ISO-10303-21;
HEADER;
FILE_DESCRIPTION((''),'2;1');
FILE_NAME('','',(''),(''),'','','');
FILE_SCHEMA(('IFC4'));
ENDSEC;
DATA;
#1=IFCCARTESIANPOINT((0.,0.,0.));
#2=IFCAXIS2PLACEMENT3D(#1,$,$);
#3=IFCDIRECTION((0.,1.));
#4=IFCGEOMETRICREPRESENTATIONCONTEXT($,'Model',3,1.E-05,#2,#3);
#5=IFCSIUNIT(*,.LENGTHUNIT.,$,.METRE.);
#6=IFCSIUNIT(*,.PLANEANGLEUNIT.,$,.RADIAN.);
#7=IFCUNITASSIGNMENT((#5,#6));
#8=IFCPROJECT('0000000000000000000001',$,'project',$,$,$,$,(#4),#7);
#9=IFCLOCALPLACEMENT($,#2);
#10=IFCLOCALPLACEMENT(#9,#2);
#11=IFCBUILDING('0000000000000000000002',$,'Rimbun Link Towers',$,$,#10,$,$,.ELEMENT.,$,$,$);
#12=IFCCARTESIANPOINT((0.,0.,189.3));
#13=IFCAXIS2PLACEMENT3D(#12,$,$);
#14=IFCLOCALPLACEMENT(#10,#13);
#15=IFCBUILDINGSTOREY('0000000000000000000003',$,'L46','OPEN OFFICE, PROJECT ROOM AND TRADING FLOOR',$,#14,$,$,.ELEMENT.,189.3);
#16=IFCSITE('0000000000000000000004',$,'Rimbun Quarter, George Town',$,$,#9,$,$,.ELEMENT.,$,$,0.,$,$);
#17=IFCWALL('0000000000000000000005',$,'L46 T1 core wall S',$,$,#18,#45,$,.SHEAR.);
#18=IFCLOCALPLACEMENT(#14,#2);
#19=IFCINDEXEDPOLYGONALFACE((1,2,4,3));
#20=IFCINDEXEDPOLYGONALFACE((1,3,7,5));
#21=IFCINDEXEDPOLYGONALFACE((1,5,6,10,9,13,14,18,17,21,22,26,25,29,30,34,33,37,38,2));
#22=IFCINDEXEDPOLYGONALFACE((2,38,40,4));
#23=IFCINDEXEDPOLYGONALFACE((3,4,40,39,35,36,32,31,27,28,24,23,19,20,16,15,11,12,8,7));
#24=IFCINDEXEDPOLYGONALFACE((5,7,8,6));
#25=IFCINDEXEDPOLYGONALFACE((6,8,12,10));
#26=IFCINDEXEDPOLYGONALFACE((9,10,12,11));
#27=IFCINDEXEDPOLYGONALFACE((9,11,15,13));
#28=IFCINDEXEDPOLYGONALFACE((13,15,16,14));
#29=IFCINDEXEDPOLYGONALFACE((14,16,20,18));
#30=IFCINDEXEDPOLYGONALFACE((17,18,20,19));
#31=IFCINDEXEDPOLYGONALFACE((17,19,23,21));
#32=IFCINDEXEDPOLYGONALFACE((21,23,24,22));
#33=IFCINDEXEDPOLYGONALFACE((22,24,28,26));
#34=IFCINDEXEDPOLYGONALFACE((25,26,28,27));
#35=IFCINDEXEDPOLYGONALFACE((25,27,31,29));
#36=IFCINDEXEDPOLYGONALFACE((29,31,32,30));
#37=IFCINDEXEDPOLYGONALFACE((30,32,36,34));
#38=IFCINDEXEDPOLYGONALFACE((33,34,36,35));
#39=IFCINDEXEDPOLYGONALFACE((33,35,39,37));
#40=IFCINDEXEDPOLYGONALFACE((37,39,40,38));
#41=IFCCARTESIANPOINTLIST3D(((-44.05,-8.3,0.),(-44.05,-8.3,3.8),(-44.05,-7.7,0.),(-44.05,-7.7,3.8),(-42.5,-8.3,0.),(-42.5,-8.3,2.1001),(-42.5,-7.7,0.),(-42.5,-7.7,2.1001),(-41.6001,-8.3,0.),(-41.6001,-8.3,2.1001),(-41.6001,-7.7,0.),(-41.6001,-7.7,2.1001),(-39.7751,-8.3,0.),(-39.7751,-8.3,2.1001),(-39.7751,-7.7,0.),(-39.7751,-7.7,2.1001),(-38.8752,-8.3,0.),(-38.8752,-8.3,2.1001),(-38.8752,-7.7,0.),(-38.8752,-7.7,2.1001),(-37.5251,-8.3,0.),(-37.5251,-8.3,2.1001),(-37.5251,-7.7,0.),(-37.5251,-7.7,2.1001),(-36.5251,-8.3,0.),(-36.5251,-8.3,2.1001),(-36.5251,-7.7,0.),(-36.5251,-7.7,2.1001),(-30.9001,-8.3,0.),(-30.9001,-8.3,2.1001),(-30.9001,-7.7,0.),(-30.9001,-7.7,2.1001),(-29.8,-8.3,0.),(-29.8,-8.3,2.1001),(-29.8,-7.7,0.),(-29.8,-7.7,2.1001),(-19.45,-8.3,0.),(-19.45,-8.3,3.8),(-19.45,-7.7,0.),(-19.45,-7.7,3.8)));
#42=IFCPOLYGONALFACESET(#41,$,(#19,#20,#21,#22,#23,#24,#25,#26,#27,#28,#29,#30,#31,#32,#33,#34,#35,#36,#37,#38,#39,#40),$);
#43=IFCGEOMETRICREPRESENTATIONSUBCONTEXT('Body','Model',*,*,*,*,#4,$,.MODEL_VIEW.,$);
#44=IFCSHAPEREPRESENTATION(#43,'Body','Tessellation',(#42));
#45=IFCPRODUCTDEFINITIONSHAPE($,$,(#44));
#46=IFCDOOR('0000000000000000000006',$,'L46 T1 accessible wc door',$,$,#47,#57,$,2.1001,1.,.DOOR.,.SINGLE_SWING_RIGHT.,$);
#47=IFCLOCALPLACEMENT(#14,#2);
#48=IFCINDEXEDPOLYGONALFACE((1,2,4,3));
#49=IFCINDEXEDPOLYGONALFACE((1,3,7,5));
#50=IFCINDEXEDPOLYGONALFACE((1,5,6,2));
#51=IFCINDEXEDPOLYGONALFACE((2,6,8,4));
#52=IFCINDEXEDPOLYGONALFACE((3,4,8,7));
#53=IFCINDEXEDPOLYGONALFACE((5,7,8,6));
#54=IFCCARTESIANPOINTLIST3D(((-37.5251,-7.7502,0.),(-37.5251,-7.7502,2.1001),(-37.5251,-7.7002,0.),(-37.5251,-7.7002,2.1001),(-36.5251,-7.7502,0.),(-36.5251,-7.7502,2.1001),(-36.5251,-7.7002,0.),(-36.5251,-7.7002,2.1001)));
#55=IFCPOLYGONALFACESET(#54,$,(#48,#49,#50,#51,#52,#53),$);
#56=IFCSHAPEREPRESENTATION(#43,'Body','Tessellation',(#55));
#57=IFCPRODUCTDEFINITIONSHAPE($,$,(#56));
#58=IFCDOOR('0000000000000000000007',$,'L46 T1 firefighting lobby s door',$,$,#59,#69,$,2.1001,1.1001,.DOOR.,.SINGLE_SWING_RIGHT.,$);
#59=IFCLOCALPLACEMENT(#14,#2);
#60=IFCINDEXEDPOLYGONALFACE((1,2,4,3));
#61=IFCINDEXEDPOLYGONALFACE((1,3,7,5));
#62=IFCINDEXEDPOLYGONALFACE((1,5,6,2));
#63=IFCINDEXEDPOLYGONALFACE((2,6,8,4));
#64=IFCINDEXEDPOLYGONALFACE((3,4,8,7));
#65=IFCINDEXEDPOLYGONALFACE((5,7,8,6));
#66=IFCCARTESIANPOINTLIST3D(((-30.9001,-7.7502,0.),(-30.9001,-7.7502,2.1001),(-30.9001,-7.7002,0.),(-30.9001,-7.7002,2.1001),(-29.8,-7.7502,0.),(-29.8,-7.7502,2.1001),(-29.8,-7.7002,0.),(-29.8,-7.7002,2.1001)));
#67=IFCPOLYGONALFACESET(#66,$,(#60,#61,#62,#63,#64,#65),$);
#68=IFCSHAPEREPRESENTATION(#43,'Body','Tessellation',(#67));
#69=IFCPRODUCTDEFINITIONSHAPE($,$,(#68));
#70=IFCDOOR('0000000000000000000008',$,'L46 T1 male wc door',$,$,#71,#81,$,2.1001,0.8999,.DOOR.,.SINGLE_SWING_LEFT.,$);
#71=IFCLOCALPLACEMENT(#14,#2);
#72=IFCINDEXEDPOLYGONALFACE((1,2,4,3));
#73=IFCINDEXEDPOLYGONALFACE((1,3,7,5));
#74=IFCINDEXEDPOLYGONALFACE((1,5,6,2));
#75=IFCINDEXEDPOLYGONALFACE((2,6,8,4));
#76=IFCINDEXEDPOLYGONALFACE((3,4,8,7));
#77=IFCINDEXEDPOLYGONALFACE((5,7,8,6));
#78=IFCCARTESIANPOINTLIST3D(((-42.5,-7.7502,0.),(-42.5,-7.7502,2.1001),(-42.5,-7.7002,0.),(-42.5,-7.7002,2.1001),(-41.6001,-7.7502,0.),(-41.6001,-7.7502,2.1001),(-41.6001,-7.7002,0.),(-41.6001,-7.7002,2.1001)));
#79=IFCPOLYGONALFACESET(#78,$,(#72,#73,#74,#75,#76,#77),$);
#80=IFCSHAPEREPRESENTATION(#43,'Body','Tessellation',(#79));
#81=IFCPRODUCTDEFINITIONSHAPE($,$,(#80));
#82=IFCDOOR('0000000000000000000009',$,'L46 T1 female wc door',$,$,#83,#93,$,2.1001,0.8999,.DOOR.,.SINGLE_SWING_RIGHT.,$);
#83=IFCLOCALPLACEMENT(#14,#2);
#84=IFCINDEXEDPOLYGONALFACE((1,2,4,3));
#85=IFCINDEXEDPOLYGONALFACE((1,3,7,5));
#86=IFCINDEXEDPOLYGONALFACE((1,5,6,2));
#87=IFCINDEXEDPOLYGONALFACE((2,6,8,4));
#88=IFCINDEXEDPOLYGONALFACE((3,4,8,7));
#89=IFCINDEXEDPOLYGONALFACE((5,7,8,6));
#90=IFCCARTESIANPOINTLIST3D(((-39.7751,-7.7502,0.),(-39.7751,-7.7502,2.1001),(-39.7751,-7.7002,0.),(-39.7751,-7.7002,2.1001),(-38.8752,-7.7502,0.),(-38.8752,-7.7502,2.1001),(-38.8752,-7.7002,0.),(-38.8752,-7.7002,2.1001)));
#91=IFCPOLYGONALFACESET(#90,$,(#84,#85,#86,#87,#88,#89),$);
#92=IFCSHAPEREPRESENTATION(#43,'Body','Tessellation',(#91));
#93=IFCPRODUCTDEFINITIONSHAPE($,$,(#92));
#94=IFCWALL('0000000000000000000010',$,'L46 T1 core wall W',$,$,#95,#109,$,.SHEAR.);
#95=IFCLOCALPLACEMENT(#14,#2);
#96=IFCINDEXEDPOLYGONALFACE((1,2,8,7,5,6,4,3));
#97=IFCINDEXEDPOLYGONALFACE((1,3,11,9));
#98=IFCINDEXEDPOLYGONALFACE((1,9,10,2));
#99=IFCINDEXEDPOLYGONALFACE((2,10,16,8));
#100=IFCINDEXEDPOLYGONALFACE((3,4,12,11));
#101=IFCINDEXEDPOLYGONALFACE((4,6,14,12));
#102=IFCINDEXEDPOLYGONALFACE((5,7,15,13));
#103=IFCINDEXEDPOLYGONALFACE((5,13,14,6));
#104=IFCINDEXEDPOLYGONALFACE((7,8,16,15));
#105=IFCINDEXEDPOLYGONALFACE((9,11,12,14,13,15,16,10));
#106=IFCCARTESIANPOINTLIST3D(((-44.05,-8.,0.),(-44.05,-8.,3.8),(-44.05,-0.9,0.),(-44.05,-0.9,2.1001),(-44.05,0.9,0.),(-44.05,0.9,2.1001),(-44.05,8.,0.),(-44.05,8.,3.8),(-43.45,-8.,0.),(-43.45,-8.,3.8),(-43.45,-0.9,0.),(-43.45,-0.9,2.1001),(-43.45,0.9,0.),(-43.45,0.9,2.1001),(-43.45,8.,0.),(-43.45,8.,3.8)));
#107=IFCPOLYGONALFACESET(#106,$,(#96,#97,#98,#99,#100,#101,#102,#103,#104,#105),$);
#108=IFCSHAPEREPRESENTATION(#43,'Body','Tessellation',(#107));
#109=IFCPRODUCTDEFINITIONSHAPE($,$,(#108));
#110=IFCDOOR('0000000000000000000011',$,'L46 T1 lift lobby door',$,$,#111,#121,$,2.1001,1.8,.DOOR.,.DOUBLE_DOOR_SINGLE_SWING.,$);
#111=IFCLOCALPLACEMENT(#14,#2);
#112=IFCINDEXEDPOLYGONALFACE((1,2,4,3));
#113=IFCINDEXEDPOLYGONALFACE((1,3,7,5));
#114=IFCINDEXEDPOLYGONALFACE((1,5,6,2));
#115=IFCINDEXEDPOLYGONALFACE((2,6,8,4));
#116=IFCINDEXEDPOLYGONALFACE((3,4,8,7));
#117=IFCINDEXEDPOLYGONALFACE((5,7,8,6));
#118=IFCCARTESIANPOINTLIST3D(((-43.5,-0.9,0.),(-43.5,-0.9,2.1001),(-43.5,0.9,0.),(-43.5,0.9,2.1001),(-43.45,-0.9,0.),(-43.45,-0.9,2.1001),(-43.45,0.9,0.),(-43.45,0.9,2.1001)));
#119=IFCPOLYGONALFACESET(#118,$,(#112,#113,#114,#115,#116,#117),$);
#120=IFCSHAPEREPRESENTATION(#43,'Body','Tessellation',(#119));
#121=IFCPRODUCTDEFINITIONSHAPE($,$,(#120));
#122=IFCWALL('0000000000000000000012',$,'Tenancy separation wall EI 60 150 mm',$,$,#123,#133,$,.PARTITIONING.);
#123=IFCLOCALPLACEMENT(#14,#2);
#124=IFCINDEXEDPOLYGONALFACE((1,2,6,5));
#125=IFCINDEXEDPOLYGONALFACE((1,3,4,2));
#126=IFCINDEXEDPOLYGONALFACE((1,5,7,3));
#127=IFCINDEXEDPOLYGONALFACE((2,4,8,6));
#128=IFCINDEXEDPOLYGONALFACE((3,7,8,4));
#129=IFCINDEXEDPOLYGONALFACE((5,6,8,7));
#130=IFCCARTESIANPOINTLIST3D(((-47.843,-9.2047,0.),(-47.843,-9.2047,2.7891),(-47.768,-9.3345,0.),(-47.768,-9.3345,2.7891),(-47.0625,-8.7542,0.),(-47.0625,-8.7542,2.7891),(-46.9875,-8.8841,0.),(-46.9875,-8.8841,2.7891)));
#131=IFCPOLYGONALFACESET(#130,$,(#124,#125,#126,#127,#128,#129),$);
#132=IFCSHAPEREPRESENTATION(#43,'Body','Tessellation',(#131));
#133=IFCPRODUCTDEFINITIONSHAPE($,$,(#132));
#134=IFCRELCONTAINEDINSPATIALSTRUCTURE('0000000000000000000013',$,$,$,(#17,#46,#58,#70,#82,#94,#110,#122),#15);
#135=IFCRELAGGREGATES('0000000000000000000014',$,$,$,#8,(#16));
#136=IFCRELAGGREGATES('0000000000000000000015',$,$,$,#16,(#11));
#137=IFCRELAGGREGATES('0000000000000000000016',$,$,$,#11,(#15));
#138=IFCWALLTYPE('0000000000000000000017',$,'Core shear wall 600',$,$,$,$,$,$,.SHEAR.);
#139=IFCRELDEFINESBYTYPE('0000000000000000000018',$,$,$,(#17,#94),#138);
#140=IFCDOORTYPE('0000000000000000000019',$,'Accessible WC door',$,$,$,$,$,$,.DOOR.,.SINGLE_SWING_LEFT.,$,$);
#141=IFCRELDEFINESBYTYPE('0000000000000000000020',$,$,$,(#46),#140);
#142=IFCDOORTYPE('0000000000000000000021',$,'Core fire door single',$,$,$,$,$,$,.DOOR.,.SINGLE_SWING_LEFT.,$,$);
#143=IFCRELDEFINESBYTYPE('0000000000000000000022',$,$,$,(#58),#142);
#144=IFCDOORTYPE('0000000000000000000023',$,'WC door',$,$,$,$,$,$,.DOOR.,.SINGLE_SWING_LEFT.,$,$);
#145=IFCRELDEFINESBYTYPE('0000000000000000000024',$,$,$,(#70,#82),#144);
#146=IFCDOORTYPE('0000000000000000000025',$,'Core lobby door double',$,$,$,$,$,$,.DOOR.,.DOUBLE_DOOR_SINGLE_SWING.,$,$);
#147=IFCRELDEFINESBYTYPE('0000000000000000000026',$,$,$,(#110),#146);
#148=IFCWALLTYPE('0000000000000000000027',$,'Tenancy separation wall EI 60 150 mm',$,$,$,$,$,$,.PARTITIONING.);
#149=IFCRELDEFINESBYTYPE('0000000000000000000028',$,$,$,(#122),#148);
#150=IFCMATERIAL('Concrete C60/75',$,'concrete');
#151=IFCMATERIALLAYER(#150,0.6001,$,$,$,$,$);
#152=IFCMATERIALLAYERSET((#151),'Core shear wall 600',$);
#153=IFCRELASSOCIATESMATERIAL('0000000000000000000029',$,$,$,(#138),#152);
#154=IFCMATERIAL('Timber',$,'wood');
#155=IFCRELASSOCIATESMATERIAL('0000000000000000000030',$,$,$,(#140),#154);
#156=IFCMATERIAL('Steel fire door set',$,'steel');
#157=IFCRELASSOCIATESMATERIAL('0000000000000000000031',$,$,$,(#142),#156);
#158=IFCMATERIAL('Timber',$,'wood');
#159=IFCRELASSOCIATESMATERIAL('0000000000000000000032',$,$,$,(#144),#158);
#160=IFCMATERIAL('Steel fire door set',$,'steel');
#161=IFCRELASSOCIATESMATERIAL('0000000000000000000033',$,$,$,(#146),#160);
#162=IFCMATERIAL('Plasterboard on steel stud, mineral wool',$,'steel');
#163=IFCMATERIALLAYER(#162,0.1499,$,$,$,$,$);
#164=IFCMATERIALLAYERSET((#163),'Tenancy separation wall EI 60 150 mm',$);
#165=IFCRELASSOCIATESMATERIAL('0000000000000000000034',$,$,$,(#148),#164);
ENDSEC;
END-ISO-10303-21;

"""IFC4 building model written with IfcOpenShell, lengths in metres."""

from ifc_helpers import new_model, si_unit, direction, frame, frame_2d, origin, place, context, subcontext, project, spatial, rectangle, extrude, material, layer, layer_set, type_object, element, fill, save


model = new_model("IFC4")

# Units and contexts
model_context = context("Model", 3, precision=1e-05, world=origin(), true_north=direction((0.0, 1.0)))
body_context = subcontext(model_context, "Body", "Model", "MODEL_VIEW")
ifc_project = project(units=[si_unit("LENGTHUNIT", "METRE"), si_unit("PLANEANGLEUNIT", "RADIAN")], contexts=[model_context])

# Site, building, storey
site_placement = place(None, origin())
site = spatial("IfcSite", under=ifc_project, at=site_placement, Name="Rimbun Quarter, George Town", CompositionType="ELEMENT", RefElevation=0.0)
building_placement = place(site_placement, origin())
building = spatial("IfcBuilding", under=site, at=building_placement, Name="Rimbun Link Towers", CompositionType="ELEMENT")
storey_placement = place(building_placement, frame((0.0, 0.0, 189.3)))
storey = spatial("IfcBuildingStorey", under=building, at=storey_placement, Name="L46", Description="OPEN OFFICE, PROJECT ROOM AND TRADING FLOOR", CompositionType="ELEMENT", Elevation=189.3)

# Wall, openings, doors
ifc_material_1 = material(Name="Concrete C60/75", Category="concrete")
ifc_layer_1 = layer(ifc_material_1, 0.6001)
ifc_layer_set_1 = layer_set([ifc_layer_1], Name="Core shear wall 600")
wall_type_1 = type_object("IfcWallType", Name="Core shear wall 600", PredefinedType="SHEAR", material=ifc_layer_set_1)
wall_1_placement = place(storey_placement, frame((-44.05, -8.0, 0.0), z_axis=(0.0, 0.0, 1.0), x_axis=(1.0, 0.0, 0.0)))
wall_1 = element("IfcWall", 1, at=wall_1_placement, inside=storey, type_object=wall_type_1, Name="L46 T1 core wall S", PredefinedType="SHEAR", context=body_context, shape_type="SweptSolid", body=[
    extrude(rectangle(XDim=24.6001, YDim=0.6001, at=frame_2d((12.3, 0.0))), origin(), (0.0, 0.0, 1.0), 3.8),
])
opening_1_placement = place(wall_1_placement, frame((13.1499, 0.0, 0.0)))
opening_1 = element("IfcOpeningElement", 2, at=opening_1_placement, cuts=wall_1, PredefinedType="OPENING", context=body_context, shape_type="SweptSolid", body=[
    extrude(rectangle(XDim=1.1001, YDim=2.1001, at=frame_2d((0.55, 1.05))), frame((0.0, 0.3101, 0.0), z_axis=(0.0, -1.0, 0.0), x_axis=(1.0, 0.0, 0.0)), (0.0, 0.0, 1.0), 0.6201),
])
opening_2_placement = place(wall_1_placement, frame((1.55, 0.0, 0.0)))
opening_2 = element("IfcOpeningElement", 3, at=opening_2_placement, cuts=wall_1, PredefinedType="OPENING", context=body_context, shape_type="SweptSolid", body=[
    extrude(rectangle(XDim=0.8999, YDim=2.1001, at=frame_2d((0.45, 1.05))), frame((0.0, 0.3101, 0.0), z_axis=(0.0, -1.0, 0.0), x_axis=(1.0, 0.0, 0.0)), (0.0, 0.0, 1.0), 0.6201),
])
opening_3_placement = place(wall_1_placement, frame((4.2749, 0.0, 0.0)))
opening_3 = element("IfcOpeningElement", 4, at=opening_3_placement, cuts=wall_1, PredefinedType="OPENING", context=body_context, shape_type="SweptSolid", body=[
    extrude(rectangle(XDim=0.8999, YDim=2.1001, at=frame_2d((0.45, 1.05))), frame((0.0, 0.3101, 0.0), z_axis=(0.0, -1.0, 0.0), x_axis=(1.0, 0.0, 0.0)), (0.0, 0.0, 1.0), 0.6201),
])
opening_4_placement = place(wall_1_placement, frame((6.5249, 0.0, 0.0)))
opening_4 = element("IfcOpeningElement", 5, at=opening_4_placement, cuts=wall_1, PredefinedType="OPENING", context=body_context, shape_type="SweptSolid", body=[
    extrude(rectangle(XDim=1.0, YDim=2.1001, at=frame_2d((0.5, 1.05))), frame((0.0, 0.3101, 0.0), z_axis=(0.0, -1.0, 0.0), x_axis=(1.0, 0.0, 0.0)), (0.0, 0.0, 1.0), 0.6201),
])
ifc_material_2 = material(Name="Timber", Category="wood")
door_type_1 = type_object("IfcDoorType", Name="Accessible WC door", OperationType="SINGLE_SWING_LEFT", PredefinedType="DOOR", material=ifc_material_2)
door_1_placement = place(opening_4_placement, origin())
door_1 = element("IfcDoor", 6, at=door_1_placement, inside=storey, type_object=door_type_1, Name="L46 T1 accessible wc door", OperationType="SINGLE_SWING_RIGHT", OverallHeight=2.1001, OverallWidth=1.0, PredefinedType="DOOR", context=body_context, shape_type="SweptSolid", body=[
    extrude(rectangle(XDim=1.0, YDim=2.1001, at=frame_2d((0.5, 1.05))), frame((0.0, 0.2998, 0.0), z_axis=(0.0, -1.0, 0.0), x_axis=(1.0, 0.0, 0.0)), (0.0, 0.0, 1.0), 0.05),
])
fill(opening_4, door_1)
ifc_material_3 = material(Name="Steel fire door set", Category="steel")
door_type_2 = type_object("IfcDoorType", Name="Core fire door single", OperationType="SINGLE_SWING_LEFT", PredefinedType="DOOR", material=ifc_material_3)
door_2_placement = place(opening_1_placement, origin())
door_2 = element("IfcDoor", 7, at=door_2_placement, inside=storey, type_object=door_type_2, Name="L46 T1 firefighting lobby s door", OperationType="SINGLE_SWING_RIGHT", OverallHeight=2.1001, OverallWidth=1.1001, PredefinedType="DOOR", context=body_context, shape_type="SweptSolid", body=[
    extrude(rectangle(XDim=1.1001, YDim=2.1001, at=frame_2d((0.55, 1.05))), frame((0.0, 0.2998, 0.0), z_axis=(0.0, -1.0, 0.0), x_axis=(1.0, 0.0, 0.0)), (0.0, 0.0, 1.0), 0.05),
])
fill(opening_1, door_2)
ifc_material_4 = material(Name="Timber", Category="wood")
door_type_3 = type_object("IfcDoorType", Name="WC door", OperationType="SINGLE_SWING_LEFT", PredefinedType="DOOR", material=ifc_material_4)
door_3_placement = place(opening_2_placement, origin())
door_3 = element("IfcDoor", 8, at=door_3_placement, inside=storey, type_object=door_type_3, Name="L46 T1 male wc door", OperationType="SINGLE_SWING_LEFT", OverallHeight=2.1001, OverallWidth=0.8999, PredefinedType="DOOR", context=body_context, shape_type="SweptSolid", body=[
    extrude(rectangle(XDim=0.8999, YDim=2.1001, at=frame_2d((0.45, 1.05))), frame((0.0, 0.2998, 0.0), z_axis=(0.0, -1.0, 0.0), x_axis=(1.0, 0.0, 0.0)), (0.0, 0.0, 1.0), 0.05),
])
fill(opening_2, door_3)
door_4_placement = place(opening_3_placement, origin())
door_4 = element("IfcDoor", 9, at=door_4_placement, inside=storey, type_object=door_type_3, Name="L46 T1 female wc door", OperationType="SINGLE_SWING_RIGHT", OverallHeight=2.1001, OverallWidth=0.8999, PredefinedType="DOOR", context=body_context, shape_type="SweptSolid", body=[
    extrude(rectangle(XDim=0.8999, YDim=2.1001, at=frame_2d((0.45, 1.05))), frame((0.0, 0.2998, 0.0), z_axis=(0.0, -1.0, 0.0), x_axis=(1.0, 0.0, 0.0)), (0.0, 0.0, 1.0), 0.05),
])
fill(opening_3, door_4)

# Wall, opening, door
wall_2_placement = place(storey_placement, frame((-43.75, -8.0, 0.0), z_axis=(0.0, 0.0, 1.0), x_axis=(0.0, 1.0, 0.0)))
wall_2 = element("IfcWall", 10, at=wall_2_placement, inside=storey, type_object=wall_type_1, Name="L46 T1 core wall W", PredefinedType="SHEAR", context=body_context, shape_type="SweptSolid", body=[
    extrude(rectangle(XDim=16.0, YDim=0.6001, at=frame_2d((8.0, 0.0))), origin(), (0.0, 0.0, 1.0), 3.8),
])
opening_5_placement = place(wall_2_placement, frame((7.1001, 0.0, 0.0)))
opening_5 = element("IfcOpeningElement", 11, at=opening_5_placement, cuts=wall_2, PredefinedType="OPENING", context=body_context, shape_type="SweptSolid", body=[
    extrude(rectangle(XDim=1.8, YDim=2.1001, at=frame_2d((0.8999, 1.05))), frame((0.0, 0.3101, 0.0), z_axis=(0.0, -1.0, 0.0), x_axis=(1.0, 0.0, 0.0)), (0.0, 0.0, 1.0), 0.6201),
])
ifc_material_5 = material(Name="Steel fire door set", Category="steel")
door_type_4 = type_object("IfcDoorType", Name="Core lobby door double", OperationType="DOUBLE_DOOR_SINGLE_SWING", PredefinedType="DOOR", material=ifc_material_5)
door_5_placement = place(opening_5_placement, origin())
door_5 = element("IfcDoor", 12, at=door_5_placement, inside=storey, type_object=door_type_4, Name="L46 T1 lift lobby door", OperationType="DOUBLE_DOOR_SINGLE_SWING", OverallHeight=2.1001, OverallWidth=1.8, PredefinedType="DOOR", context=body_context, shape_type="SweptSolid", body=[
    extrude(rectangle(XDim=1.8, YDim=2.1001, at=frame_2d((0.8999, 1.05))), frame((0.0, -0.25, 0.0), z_axis=(0.0, -1.0, 0.0), x_axis=(1.0, 0.0, 0.0)), (0.0, 0.0, 1.0), 0.05),
])
fill(opening_5, door_5)

# Wall
ifc_material_6 = material(Name="Plasterboard on steel stud, mineral wool", Category="steel")
ifc_layer_2 = layer(ifc_material_6, 0.1499)
ifc_layer_set_2 = layer_set([ifc_layer_2], Name="Tenancy separation wall EI 60 150 mm")
wall_type_2 = type_object("IfcWallType", Name="Tenancy separation wall EI 60 150 mm", PredefinedType="PARTITIONING", material=ifc_layer_set_2)
wall_3_placement = place(storey_placement, frame((-47.0249, -8.8191, 0.0), z_axis=(0.0, 0.0, 1.0), x_axis=(-0.866118, -0.49984, 0.0)))
element("IfcWall", 13, at=wall_3_placement, inside=storey, type_object=wall_type_2, Name="Tenancy separation wall EI 60 150 mm", PredefinedType="PARTITIONING", context=body_context, shape_type="SweptSolid", body=[
    extrude(rectangle(XDim=0.9011, YDim=0.1499, at=frame_2d((0.4507, 0.0))), origin(), (0.0, 0.0, 1.0), 2.7891),
])

save(model, "model.ifc")
